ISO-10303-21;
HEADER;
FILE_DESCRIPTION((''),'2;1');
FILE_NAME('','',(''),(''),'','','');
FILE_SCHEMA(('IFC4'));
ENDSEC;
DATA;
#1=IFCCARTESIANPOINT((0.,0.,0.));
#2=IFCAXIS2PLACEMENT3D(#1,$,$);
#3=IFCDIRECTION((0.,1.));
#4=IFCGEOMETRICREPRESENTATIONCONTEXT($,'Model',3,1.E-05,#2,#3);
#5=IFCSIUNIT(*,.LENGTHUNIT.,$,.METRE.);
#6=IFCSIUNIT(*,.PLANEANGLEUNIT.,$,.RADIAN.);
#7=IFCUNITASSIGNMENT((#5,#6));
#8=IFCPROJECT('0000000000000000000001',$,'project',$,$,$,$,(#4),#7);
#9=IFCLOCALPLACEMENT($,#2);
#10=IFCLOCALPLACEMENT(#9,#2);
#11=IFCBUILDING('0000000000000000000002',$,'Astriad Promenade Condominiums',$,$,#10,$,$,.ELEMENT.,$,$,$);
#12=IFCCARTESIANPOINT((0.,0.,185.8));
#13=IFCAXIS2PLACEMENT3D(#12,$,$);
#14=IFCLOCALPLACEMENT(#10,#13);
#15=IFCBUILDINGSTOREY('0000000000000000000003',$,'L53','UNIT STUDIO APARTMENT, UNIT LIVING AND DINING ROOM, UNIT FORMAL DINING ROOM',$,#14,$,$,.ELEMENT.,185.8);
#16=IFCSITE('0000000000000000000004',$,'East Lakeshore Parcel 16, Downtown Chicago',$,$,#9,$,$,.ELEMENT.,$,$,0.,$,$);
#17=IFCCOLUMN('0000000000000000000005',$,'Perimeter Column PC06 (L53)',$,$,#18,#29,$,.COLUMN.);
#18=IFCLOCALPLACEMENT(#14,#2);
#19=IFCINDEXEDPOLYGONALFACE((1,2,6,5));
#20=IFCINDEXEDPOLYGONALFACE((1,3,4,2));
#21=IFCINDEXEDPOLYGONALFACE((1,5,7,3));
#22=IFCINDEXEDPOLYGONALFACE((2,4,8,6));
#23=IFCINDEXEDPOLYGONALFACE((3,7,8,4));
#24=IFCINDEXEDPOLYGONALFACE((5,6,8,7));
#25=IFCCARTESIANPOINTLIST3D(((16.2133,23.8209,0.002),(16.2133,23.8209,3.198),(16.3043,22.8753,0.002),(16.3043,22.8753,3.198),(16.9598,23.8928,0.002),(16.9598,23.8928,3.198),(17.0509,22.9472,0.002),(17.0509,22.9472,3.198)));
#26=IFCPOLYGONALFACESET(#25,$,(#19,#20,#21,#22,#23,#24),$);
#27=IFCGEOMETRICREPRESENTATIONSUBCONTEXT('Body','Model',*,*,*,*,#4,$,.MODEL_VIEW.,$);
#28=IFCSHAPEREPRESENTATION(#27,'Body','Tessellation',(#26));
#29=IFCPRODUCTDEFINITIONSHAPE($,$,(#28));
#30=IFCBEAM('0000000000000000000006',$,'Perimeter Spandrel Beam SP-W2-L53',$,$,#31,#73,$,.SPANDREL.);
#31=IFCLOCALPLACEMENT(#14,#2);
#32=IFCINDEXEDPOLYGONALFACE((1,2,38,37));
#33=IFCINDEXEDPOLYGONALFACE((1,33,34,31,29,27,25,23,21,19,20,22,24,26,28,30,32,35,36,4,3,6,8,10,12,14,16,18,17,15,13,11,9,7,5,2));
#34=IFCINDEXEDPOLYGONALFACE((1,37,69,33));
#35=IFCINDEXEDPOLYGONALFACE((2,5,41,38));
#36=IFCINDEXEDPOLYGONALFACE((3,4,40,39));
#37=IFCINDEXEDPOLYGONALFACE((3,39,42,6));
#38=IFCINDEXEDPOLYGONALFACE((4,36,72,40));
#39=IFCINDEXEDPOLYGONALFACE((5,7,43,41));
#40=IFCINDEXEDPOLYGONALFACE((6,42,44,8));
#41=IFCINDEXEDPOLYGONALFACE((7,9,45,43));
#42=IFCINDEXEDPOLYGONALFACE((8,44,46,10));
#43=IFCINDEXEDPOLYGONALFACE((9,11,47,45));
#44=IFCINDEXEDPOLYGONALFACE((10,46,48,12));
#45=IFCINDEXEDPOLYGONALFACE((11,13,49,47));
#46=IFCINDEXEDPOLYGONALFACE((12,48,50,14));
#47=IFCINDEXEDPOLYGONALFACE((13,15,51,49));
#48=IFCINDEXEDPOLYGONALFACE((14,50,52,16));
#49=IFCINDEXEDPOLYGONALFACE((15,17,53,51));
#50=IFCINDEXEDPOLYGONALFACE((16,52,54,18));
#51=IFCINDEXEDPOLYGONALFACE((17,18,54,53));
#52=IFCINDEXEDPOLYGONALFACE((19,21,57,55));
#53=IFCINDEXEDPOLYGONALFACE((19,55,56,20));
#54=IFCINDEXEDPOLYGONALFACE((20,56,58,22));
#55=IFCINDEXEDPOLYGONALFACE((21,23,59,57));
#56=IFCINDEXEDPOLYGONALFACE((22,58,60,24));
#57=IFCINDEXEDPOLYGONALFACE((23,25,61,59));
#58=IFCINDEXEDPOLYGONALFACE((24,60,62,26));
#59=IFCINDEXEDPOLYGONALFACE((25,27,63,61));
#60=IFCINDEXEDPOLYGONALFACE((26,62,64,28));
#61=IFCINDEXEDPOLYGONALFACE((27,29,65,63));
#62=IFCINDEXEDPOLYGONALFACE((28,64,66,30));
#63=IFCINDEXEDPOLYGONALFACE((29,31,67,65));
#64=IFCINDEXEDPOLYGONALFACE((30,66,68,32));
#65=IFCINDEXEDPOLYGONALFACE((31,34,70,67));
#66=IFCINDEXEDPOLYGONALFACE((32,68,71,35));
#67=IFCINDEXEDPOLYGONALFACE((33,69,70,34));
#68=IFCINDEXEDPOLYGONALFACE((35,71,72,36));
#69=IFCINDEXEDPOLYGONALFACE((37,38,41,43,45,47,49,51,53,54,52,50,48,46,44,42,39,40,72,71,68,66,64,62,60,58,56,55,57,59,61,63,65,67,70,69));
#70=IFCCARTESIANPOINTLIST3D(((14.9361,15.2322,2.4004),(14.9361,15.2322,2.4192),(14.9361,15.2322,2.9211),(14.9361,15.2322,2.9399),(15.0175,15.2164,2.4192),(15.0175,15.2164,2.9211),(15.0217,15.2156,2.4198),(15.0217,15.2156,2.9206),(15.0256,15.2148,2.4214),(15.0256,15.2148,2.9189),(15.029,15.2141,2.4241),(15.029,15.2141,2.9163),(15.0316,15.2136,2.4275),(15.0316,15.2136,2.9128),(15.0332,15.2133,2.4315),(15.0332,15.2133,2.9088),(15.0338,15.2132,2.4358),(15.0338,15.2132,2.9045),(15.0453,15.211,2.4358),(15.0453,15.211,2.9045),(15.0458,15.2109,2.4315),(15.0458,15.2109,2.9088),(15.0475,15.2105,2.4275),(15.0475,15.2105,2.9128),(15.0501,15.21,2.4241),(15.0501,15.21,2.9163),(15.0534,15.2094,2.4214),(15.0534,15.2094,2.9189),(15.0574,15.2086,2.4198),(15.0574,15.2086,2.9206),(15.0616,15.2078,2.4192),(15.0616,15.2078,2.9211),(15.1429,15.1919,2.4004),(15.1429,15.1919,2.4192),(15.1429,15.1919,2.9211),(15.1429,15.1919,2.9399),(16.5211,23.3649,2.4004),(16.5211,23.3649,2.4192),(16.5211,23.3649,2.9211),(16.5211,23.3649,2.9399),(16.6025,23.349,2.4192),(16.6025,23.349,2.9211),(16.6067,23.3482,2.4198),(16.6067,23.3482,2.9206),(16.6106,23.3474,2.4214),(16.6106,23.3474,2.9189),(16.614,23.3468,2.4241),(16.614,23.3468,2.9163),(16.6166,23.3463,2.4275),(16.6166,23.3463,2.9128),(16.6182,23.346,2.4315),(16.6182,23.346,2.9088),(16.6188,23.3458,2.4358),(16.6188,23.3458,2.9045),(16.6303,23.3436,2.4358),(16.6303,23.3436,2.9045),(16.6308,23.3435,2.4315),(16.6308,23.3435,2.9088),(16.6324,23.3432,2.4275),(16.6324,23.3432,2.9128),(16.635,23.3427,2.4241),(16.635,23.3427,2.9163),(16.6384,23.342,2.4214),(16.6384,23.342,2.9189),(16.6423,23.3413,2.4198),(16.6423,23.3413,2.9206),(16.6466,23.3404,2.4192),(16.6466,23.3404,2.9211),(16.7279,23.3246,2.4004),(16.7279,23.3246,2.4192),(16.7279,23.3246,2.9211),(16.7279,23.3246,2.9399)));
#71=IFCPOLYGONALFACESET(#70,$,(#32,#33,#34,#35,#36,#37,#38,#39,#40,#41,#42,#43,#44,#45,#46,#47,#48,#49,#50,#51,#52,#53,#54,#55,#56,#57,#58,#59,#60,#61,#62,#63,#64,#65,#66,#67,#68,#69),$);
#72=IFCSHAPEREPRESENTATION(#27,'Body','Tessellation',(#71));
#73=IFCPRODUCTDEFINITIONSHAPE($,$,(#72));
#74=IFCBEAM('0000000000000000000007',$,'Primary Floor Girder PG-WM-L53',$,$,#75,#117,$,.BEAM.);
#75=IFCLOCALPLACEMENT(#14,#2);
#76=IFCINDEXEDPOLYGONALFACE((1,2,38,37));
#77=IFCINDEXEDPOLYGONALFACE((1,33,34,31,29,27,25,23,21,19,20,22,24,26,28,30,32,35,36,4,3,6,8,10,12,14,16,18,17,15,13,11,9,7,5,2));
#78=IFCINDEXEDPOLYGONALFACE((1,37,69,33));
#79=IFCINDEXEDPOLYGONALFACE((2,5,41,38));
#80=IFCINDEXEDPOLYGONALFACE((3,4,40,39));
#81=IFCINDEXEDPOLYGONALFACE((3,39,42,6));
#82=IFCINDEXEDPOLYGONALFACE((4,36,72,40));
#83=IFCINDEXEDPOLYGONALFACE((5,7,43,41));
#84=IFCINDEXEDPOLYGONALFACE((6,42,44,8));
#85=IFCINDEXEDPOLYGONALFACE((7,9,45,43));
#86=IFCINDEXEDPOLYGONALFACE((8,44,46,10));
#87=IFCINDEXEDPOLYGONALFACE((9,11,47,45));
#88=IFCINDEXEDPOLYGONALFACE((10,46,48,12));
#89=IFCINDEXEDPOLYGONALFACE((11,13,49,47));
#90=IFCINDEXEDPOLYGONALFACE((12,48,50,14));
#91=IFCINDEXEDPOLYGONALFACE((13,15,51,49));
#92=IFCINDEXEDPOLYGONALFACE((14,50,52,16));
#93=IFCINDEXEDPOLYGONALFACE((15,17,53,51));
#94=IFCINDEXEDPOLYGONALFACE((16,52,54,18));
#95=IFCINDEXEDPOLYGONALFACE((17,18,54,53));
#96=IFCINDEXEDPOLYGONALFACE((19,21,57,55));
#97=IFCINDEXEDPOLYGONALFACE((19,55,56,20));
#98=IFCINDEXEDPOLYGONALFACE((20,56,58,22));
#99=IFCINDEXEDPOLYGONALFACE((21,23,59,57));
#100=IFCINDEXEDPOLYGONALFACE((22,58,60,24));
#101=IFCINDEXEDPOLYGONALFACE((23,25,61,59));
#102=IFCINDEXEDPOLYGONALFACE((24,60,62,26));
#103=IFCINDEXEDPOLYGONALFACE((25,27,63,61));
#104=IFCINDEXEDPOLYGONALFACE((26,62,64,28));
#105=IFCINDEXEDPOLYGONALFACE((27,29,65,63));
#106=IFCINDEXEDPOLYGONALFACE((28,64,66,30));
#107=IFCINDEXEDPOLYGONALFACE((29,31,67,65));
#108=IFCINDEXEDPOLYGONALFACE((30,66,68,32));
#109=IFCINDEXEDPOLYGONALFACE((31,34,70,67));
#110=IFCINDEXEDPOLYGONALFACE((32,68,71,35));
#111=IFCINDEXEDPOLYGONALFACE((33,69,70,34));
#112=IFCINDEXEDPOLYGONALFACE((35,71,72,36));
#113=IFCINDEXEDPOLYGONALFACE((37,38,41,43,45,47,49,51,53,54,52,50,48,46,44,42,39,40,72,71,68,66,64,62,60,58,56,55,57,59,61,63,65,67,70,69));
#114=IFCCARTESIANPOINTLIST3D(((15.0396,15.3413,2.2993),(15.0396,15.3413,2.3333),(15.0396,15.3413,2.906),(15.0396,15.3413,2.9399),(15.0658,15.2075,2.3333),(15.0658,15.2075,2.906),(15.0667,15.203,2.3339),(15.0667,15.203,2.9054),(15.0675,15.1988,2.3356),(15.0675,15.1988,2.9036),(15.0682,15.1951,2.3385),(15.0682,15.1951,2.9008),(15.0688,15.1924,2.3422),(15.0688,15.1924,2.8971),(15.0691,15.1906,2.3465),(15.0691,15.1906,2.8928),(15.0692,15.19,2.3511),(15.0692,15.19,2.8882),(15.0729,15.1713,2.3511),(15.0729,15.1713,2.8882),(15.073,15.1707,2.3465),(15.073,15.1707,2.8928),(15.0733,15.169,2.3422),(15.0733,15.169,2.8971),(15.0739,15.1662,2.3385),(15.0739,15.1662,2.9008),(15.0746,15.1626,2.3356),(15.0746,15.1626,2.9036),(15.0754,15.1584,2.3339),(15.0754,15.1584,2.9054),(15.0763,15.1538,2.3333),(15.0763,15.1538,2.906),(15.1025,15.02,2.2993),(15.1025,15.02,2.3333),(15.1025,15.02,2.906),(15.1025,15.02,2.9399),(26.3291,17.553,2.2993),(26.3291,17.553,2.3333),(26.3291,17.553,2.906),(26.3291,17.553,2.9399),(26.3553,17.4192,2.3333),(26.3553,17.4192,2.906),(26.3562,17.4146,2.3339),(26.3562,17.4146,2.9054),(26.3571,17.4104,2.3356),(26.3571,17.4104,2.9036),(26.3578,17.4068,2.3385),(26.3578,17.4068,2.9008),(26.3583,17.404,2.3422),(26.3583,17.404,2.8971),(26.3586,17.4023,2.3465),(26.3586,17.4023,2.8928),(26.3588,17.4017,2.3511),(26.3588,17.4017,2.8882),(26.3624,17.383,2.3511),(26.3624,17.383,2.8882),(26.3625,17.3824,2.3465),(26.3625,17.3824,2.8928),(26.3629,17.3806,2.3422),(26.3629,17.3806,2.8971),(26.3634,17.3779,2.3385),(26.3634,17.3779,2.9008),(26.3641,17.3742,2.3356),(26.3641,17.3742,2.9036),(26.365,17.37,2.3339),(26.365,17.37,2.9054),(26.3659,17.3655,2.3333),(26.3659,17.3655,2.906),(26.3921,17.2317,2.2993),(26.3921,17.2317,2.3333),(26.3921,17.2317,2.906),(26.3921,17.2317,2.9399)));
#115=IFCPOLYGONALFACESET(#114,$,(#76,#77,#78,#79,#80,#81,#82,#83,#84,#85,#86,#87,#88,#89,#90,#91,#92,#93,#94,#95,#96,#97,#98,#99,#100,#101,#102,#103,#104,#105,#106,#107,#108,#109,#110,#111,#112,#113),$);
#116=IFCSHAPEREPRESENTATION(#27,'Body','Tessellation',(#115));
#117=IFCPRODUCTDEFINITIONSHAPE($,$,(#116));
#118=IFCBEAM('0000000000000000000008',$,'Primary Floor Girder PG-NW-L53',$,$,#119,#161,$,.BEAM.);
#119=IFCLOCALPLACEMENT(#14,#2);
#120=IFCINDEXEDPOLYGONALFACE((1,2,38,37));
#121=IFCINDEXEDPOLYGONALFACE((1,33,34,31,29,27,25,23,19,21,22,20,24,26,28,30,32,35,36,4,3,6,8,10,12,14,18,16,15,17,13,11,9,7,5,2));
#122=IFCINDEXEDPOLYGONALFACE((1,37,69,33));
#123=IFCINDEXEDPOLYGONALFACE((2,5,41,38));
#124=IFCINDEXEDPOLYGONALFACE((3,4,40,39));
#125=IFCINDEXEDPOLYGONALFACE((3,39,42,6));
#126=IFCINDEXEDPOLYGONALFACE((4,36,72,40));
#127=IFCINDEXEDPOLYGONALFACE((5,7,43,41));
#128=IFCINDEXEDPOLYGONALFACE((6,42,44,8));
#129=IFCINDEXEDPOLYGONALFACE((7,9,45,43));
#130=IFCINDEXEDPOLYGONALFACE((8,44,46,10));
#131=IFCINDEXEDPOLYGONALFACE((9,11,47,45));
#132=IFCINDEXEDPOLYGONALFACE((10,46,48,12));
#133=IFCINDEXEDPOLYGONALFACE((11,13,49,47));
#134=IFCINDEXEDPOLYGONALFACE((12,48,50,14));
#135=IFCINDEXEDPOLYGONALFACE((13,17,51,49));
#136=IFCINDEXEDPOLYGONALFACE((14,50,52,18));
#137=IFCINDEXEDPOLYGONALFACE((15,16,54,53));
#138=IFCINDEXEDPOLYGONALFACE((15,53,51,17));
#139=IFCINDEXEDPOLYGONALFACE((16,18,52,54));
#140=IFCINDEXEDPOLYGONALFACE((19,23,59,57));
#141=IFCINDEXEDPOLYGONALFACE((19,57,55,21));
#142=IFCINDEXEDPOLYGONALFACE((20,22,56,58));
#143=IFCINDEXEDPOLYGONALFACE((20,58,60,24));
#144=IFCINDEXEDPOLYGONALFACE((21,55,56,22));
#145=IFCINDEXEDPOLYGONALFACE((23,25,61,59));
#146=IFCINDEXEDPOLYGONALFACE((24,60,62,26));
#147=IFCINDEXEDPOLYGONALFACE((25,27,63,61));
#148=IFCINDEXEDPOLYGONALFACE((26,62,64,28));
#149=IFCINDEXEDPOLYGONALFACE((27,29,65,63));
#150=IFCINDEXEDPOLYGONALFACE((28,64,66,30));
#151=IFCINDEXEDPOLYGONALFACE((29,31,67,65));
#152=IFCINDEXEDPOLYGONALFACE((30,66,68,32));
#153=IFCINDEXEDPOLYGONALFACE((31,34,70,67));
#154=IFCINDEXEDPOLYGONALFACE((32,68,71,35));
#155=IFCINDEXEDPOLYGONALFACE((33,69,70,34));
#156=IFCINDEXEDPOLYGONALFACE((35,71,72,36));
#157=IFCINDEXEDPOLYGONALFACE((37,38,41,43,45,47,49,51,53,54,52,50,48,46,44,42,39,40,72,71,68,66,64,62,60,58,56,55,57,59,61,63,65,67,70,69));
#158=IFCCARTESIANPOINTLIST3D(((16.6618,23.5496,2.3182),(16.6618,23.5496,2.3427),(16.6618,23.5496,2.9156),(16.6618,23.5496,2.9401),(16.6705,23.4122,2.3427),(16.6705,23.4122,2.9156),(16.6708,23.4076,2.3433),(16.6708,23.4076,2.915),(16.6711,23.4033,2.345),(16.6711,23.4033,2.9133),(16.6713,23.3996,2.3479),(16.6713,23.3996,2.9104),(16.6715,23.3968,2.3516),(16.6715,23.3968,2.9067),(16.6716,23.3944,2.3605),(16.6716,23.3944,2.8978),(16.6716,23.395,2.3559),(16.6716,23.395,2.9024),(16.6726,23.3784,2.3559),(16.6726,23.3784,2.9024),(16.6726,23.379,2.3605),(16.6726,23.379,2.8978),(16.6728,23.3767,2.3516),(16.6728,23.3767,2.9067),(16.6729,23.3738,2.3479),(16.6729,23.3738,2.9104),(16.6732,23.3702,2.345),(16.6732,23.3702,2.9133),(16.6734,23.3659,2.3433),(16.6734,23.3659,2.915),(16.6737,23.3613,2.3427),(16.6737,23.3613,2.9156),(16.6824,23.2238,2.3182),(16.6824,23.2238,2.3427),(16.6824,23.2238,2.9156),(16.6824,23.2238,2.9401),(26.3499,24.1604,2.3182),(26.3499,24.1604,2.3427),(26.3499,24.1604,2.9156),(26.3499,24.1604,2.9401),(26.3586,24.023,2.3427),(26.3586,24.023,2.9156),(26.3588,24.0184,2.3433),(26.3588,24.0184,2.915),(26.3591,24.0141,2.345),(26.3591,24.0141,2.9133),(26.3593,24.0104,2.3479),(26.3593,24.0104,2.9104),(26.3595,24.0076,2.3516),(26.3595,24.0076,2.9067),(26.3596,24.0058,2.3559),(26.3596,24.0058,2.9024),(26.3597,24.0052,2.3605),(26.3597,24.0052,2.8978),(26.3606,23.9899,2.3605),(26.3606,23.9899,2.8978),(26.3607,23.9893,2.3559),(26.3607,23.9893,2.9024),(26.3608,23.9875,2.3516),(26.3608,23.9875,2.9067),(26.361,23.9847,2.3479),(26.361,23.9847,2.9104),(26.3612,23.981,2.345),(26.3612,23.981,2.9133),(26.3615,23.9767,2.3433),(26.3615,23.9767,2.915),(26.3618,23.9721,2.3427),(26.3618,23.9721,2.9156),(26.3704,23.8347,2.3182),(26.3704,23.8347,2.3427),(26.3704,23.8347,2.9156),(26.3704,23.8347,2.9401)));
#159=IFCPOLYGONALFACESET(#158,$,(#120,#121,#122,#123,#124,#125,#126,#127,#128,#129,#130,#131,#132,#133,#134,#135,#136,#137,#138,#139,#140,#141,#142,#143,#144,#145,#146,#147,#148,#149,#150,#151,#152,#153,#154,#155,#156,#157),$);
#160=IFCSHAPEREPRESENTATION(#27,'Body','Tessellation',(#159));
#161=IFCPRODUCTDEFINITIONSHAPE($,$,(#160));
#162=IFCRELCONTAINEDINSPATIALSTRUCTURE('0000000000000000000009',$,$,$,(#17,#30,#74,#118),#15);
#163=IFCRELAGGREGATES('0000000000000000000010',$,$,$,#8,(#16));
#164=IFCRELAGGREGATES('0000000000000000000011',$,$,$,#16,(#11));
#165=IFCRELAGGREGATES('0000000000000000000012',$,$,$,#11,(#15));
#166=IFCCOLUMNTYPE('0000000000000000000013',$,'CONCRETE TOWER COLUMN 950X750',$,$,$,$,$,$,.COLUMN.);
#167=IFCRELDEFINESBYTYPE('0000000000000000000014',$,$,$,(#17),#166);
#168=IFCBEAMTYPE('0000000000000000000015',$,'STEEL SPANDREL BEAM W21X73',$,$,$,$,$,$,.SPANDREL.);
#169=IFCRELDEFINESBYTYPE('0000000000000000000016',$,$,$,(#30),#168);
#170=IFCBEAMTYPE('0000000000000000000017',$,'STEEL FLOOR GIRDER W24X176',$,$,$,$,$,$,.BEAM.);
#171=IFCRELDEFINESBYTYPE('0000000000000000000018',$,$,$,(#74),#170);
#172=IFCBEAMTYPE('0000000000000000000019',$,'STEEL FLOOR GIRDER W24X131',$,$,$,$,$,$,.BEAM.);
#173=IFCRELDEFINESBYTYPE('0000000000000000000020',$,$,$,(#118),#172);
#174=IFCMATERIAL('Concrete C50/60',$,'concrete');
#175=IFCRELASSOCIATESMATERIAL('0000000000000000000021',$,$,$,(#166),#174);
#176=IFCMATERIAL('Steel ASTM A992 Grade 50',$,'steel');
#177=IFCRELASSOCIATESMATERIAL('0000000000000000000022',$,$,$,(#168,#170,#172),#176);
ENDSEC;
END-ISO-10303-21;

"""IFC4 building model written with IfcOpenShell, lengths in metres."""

from ifc_helpers import new_model, si_unit, direction, frame, origin, origin_2d, place, context, subcontext, project, spatial, rectangle, i_section, extrude, source, transform, mapped, material, material_profile, profile_set, type_object, type_shapes, element, save


model = new_model("IFC4")

# Units and contexts
model_context = context("Model", 3, precision=1e-05, world=origin(), true_north=direction((0.0, 1.0)))
body_context = subcontext(model_context, "Body", "Model", "MODEL_VIEW")
ifc_project = project(units=[si_unit("LENGTHUNIT", "METRE"), si_unit("PLANEANGLEUNIT", "RADIAN")], contexts=[model_context])

# Site, building, storey
site_placement = place(None, origin())
site = spatial("IfcSite", under=ifc_project, at=site_placement, Name="East Lakeshore Parcel 16, Downtown Chicago", CompositionType="ELEMENT", RefElevation=0.0)
building_placement = place(site_placement, origin())
building = spatial("IfcBuilding", under=site, at=building_placement, Name="Astriad Promenade Condominiums", CompositionType="ELEMENT")
storey_placement = place(building_placement, frame((0.0, 0.0, 185.8)))
storey = spatial("IfcBuildingStorey", under=building, at=storey_placement, Name="L53", Description="UNIT STUDIO APARTMENT, UNIT LIVING AND DINING ROOM, UNIT FORMAL DINING ROOM", CompositionType="ELEMENT", Elevation=185.8)

# Column
ifc_material_1 = material(Name="Concrete C50/60", Category="concrete")
ifc_material_profile_1 = material_profile(ifc_material_1, rectangle(XDim=0.75, YDim=0.95, at=origin_2d()), Name="RC-COL-950X750")
ifc_profile_set_1 = profile_set([ifc_material_profile_1], Name="Concrete C50/60")
column_type = type_object("IfcColumnType", Name="CONCRETE TOWER COLUMN 950X750", PredefinedType="COLUMN", material=ifc_profile_set_1)
shared_shape_1 = source(origin(), body_context, "Body", "SweptSolid", [
    extrude(rectangle(XDim=0.75, YDim=0.95, at=origin_2d()), origin(), (0.0, 0.0, 1.0), 3.196),
])
type_shapes(column_type, [shared_shape_1])
column_placement = place(storey_placement, frame((16.6321, 23.384, 0.002), z_axis=(0.0, 0.0, 1.0), x_axis=(0.995396, 0.095846, 0.0)))
element("IfcColumn", 1, at=column_placement, inside=storey, type_object=column_type, Name="Perimeter Column PC06 (L53)", PredefinedType="COLUMN", context=body_context, shape_type="MappedRepresentation", body=[
    mapped(shared_shape_1, transform((0.0, 0.0, 0.0), scale=1.0)),
])

# Beams
ifc_material_2 = material(Name="Steel ASTM A992 Grade 50", Category="steel")
ifc_material_profile_2 = material_profile(ifc_material_2, i_section(OverallWidth=0.2107, OverallDepth=0.5396, WebThickness=0.0117, FlangeThickness=0.0188, FilletRadius=0.0166, at=origin_2d()), Name="W21X73")
ifc_profile_set_2 = profile_set([ifc_material_profile_2], Name="Steel ASTM A992 Grade 50")
beam_type_1 = type_object("IfcBeamType", Name="STEEL SPANDREL BEAM W21X73", PredefinedType="SPANDREL", material=ifc_profile_set_2)
shared_shape_2 = source(origin(), body_context, "Body", "SweptSolid", [
    extrude(i_section(OverallWidth=0.2107, OverallDepth=0.5396, WebThickness=0.0117, FlangeThickness=0.0188, FilletRadius=0.0166, at=origin_2d()), origin(), (0.0, 0.0, 1.0), 8.2856),
])
type_shapes(beam_type_1, [shared_shape_2])
beam_1_placement = place(storey_placement, frame((16.6245, 23.3447, 2.6702), z_axis=(-0.191292, -0.981533, 0.0), x_axis=(0.981533, -0.191292, 0.0)))
element("IfcBeam", 2, at=beam_1_placement, inside=storey, type_object=beam_type_1, Name="Perimeter Spandrel Beam SP-W2-L53", PredefinedType="SPANDREL", context=body_context, shape_type="MappedRepresentation", body=[
    mapped(shared_shape_2, transform((0.0, 0.0, 0.0), scale=1.0)),
])
ifc_material_profile_3 = material_profile(ifc_material_2, i_section(OverallWidth=0.3274, OverallDepth=0.6406, WebThickness=0.019, FlangeThickness=0.0339, FilletRadius=0.0178, at=origin_2d()), Name="W24X176")
ifc_profile_set_3 = profile_set([ifc_material_profile_3], Name="Steel ASTM A992 Grade 50")
beam_type_2 = type_object("IfcBeamType", Name="STEEL FLOOR GIRDER W24X176", PredefinedType="BEAM", material=ifc_profile_set_3)
shared_shape_3 = source(origin(), body_context, "Body", "SweptSolid", [
    extrude(i_section(OverallWidth=0.3274, OverallDepth=0.6406, WebThickness=0.019, FlangeThickness=0.0339, FilletRadius=0.0178, at=origin_2d()), origin(), (0.0, 0.0, 1.0), 11.5042),
])
type_shapes(beam_type_2, [shared_shape_3])
beam_2_placement = place(storey_placement, frame((15.071, 15.1807, 2.6196), z_axis=(0.981346, 0.19225, 0.0), x_axis=(-0.19225, 0.981346, 0.0)))
element("IfcBeam", 3, at=beam_2_placement, inside=storey, type_object=beam_type_2, Name="Primary Floor Girder PG-WM-L53", PredefinedType="BEAM", context=body_context, shape_type="MappedRepresentation", body=[
    mapped(shared_shape_3, transform((0.0, 0.0, 0.0), scale=1.0)),
])
ifc_material_profile_4 = material_profile(ifc_material_2, i_section(OverallWidth=0.3264, OverallDepth=0.6218, WebThickness=0.0154, FlangeThickness=0.0244, FilletRadius=0.0178, at=origin_2d()), Name="W24X131")
ifc_profile_set_4 = profile_set([ifc_material_profile_4], Name="Steel ASTM A992 Grade 50")
beam_type_3 = type_object("IfcBeamType", Name="STEEL FLOOR GIRDER W24X131", PredefinedType="BEAM", material=ifc_profile_set_4)
shared_shape_4 = source(origin(), body_context, "Body", "SweptSolid", [
    extrude(i_section(OverallWidth=0.3264, OverallDepth=0.6218, WebThickness=0.0154, FlangeThickness=0.0244, FilletRadius=0.0178, at=origin_2d()), origin(), (0.0, 0.0, 1.0), 9.7073),
])
type_shapes(beam_type_3, [shared_shape_4])
beam_3_placement = place(storey_placement, frame((16.6721, 23.3867, 2.6292), z_axis=(0.998018, 0.062926, 0.0), x_axis=(-0.062926, 0.998018, 0.0)))
element("IfcBeam", 4, at=beam_3_placement, inside=storey, type_object=beam_type_3, Name="Primary Floor Girder PG-NW-L53", PredefinedType="BEAM", context=body_context, shape_type="MappedRepresentation", body=[
    mapped(shared_shape_4, transform((0.0, 0.0, 0.0), scale=1.0)),
])

save(model, "model.ifc")
